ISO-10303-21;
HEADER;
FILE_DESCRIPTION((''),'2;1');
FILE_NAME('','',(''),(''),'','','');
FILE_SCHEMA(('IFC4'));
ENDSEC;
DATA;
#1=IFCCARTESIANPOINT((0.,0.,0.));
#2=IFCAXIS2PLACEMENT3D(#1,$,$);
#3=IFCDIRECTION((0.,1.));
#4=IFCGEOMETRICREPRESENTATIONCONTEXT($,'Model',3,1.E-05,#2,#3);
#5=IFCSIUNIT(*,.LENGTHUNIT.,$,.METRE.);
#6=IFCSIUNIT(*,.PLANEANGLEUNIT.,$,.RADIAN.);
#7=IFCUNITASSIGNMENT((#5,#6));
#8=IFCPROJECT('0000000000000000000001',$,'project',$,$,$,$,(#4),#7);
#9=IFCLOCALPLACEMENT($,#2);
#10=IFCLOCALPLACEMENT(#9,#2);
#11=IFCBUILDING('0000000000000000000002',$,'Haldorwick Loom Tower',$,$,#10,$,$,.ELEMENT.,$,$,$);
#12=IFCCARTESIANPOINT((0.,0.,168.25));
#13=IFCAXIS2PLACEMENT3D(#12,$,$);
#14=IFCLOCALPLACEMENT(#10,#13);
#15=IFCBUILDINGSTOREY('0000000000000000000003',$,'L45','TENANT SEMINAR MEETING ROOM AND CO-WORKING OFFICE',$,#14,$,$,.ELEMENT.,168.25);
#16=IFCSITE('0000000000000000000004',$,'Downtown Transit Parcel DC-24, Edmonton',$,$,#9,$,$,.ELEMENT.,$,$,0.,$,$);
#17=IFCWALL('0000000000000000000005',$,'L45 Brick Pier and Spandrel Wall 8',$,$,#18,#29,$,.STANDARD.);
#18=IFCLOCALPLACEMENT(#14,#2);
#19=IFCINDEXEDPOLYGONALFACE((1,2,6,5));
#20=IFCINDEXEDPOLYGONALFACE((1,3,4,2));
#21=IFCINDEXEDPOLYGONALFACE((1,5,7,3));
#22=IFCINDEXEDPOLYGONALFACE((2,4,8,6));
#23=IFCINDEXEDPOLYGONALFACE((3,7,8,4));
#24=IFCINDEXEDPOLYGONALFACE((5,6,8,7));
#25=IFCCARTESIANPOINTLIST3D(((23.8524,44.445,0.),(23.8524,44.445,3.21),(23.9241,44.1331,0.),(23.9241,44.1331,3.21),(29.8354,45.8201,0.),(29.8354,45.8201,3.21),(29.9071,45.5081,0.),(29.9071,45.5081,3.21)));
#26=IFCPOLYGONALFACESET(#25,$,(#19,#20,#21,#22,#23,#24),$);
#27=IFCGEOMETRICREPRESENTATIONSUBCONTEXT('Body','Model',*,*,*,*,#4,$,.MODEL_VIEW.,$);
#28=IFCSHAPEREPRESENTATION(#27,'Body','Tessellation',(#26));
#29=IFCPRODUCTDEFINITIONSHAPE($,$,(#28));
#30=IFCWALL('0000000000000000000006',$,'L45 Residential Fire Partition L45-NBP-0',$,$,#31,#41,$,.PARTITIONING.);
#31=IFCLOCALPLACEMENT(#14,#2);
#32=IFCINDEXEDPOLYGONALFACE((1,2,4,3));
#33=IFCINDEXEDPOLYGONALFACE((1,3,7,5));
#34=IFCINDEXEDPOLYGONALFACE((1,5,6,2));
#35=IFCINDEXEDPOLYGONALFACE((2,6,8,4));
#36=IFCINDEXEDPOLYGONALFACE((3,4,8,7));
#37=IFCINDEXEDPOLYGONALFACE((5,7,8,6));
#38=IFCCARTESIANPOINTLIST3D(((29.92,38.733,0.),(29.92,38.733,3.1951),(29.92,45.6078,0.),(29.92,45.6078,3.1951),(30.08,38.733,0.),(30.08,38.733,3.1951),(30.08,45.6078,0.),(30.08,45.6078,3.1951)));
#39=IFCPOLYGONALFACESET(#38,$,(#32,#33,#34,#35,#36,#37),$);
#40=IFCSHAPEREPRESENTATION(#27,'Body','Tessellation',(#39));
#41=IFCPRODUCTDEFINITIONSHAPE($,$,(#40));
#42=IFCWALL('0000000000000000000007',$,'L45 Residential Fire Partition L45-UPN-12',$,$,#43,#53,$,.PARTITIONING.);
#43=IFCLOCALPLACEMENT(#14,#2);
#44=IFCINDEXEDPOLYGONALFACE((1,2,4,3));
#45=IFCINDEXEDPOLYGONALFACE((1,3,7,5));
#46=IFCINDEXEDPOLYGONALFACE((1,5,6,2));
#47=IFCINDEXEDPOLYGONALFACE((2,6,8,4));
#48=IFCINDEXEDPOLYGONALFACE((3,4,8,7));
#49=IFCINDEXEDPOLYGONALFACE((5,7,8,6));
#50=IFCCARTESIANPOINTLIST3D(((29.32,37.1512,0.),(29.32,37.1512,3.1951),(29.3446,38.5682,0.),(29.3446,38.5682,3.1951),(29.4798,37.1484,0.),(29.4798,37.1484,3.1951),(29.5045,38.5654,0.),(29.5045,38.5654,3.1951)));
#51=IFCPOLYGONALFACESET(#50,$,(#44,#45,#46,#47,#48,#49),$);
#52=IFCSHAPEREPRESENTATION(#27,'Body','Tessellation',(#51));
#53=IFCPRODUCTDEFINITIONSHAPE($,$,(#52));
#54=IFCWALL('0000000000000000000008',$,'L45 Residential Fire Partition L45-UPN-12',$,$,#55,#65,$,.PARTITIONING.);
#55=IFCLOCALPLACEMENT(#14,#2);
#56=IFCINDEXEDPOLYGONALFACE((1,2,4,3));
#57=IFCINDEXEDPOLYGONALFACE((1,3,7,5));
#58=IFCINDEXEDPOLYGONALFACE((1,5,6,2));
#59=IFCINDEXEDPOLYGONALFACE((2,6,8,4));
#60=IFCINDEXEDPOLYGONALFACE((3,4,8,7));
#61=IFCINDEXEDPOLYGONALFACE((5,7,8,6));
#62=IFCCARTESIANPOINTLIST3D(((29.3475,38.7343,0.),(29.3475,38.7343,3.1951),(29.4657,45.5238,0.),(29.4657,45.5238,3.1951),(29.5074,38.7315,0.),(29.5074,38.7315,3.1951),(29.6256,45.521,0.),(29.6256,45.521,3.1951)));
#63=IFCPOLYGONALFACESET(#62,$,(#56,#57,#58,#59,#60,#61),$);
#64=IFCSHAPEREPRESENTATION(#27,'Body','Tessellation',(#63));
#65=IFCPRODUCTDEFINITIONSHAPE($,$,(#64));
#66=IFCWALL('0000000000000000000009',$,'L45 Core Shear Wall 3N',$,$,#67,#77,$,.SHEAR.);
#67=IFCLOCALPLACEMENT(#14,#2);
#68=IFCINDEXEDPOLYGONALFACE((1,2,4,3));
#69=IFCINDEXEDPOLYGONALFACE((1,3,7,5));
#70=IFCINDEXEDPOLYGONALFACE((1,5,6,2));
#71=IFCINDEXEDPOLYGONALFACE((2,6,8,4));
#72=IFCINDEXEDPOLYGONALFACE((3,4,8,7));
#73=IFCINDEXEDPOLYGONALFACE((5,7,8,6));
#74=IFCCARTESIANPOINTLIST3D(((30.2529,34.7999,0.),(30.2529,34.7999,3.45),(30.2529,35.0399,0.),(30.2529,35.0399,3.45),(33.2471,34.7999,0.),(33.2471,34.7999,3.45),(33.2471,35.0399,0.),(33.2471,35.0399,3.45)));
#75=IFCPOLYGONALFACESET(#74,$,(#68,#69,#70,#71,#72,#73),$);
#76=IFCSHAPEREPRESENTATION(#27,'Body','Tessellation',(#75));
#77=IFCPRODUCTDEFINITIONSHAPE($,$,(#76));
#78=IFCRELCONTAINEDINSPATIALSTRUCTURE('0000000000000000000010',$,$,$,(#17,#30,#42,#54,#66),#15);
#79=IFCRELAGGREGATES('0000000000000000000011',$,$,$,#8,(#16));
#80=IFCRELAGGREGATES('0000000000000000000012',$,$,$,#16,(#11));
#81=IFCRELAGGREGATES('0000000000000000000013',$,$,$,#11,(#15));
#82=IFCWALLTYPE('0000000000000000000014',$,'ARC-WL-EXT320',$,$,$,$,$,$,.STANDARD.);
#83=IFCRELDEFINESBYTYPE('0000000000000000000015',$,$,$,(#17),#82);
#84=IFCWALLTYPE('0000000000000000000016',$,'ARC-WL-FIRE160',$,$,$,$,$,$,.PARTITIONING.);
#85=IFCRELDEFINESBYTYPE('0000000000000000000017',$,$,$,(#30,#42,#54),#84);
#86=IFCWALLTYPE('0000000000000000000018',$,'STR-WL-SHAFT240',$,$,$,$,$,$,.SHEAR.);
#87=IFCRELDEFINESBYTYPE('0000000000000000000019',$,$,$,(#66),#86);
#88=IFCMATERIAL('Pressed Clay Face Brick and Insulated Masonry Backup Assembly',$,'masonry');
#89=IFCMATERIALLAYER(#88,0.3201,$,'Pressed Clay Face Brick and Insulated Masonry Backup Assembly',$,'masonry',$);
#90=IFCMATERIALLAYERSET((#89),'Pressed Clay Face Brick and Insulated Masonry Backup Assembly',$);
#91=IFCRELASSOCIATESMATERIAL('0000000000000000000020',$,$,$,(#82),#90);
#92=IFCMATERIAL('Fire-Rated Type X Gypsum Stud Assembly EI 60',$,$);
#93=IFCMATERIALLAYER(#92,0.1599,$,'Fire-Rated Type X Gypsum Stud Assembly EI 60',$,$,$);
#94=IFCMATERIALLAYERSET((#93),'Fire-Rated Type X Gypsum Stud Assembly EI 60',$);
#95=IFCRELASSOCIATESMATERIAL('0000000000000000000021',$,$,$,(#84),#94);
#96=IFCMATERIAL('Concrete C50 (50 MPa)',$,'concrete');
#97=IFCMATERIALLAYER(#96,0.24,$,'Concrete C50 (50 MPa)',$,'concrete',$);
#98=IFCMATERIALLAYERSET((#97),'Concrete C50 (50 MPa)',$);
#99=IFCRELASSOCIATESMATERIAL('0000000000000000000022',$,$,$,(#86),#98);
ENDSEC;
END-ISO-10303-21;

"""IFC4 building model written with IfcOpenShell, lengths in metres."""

from ifc_helpers import new_model, si_unit, direction, frame, frame_2d, origin, place, context, subcontext, project, spatial, rectangle, extrude, material, layer, layer_set, type_object, element, save


model = new_model("IFC4")

# Units and contexts
model_context = context("Model", 3, precision=1e-05, world=origin(), true_north=direction((0.0, 1.0)))
body_context = subcontext(model_context, "Body", "Model", "MODEL_VIEW")
ifc_project = project(units=[si_unit("LENGTHUNIT", "METRE"), si_unit("PLANEANGLEUNIT", "RADIAN")], contexts=[model_context])

# Site, building, storey
site_placement = place(None, origin())
site = spatial("IfcSite", under=ifc_project, at=site_placement, Name="Downtown Transit Parcel DC-24, Edmonton", CompositionType="ELEMENT", RefElevation=0.0)
building_placement = place(site_placement, origin())
building = spatial("IfcBuilding", under=site, at=building_placement, Name="Haldorwick Loom Tower", CompositionType="ELEMENT")
storey_placement = place(building_placement, frame((0.0, 0.0, 168.25)))
storey = spatial("IfcBuildingStorey", under=building, at=storey_placement, Name="L45", Description="TENANT SEMINAR MEETING ROOM AND CO-WORKING OFFICE", CompositionType="ELEMENT", Elevation=168.25)

# Walls
ifc_material_1 = material(Name="Pressed Clay Face Brick and Insulated Masonry Backup Assembly", Category="masonry")
ifc_layer_1 = layer(ifc_material_1, 0.3201, Name="Pressed Clay Face Brick and Insulated Masonry Backup Assembly", Category="masonry")
ifc_layer_set_1 = layer_set([ifc_layer_1], Name="Pressed Clay Face Brick and Insulated Masonry Backup Assembly")
wall_type_1 = type_object("IfcWallType", Name="ARC-WL-EXT320", PredefinedType="STANDARD", material=ifc_layer_set_1)
wall_1_placement = place(storey_placement, frame((29.8711, 45.6641, 0.0), z_axis=(0.0, 0.0, 1.0), x_axis=(-0.974593, -0.223982, 0.0)))
element("IfcWall", 1, at=wall_1_placement, inside=storey, type_object=wall_type_1, Name="L45 Brick Pier and Spandrel Wall 8", PredefinedType="STANDARD", context=body_context, shape_type="SweptSolid", body=[
    extrude(rectangle(XDim=6.1389, YDim=0.3201, at=frame_2d((3.0693, 0.0))), origin(), (0.0, 0.0, 1.0), 3.21),
])
ifc_material_2 = material(Name="Fire-Rated Type X Gypsum Stud Assembly EI 60")
ifc_layer_2 = layer(ifc_material_2, 0.1599, Name="Fire-Rated Type X Gypsum Stud Assembly EI 60")
ifc_layer_set_2 = layer_set([ifc_layer_2], Name="Fire-Rated Type X Gypsum Stud Assembly EI 60")
wall_type_2 = type_object("IfcWallType", Name="ARC-WL-FIRE160", PredefinedType="PARTITIONING", material=ifc_layer_set_2)
wall_2_placement = place(storey_placement, frame((30.0, 38.7329, 0.0), z_axis=(0.0, 0.0, 1.0), x_axis=(0.0, 1.0, 0.0)))
element("IfcWall", 2, at=wall_2_placement, inside=storey, type_object=wall_type_2, Name="L45 Residential Fire Partition L45-NBP-0", PredefinedType="PARTITIONING", context=body_context, shape_type="SweptSolid", body=[
    extrude(rectangle(XDim=6.8748, YDim=0.1599, at=frame_2d((3.4375, 0.0))), origin(), (0.0, 0.0, 1.0), 3.1951),
])
wall_3_placement = place(storey_placement, frame((29.3999, 37.1499, 0.0), z_axis=(0.0, 0.0, 1.0), x_axis=(0.017399, 0.999849, 0.0)))
element("IfcWall", 3, at=wall_3_placement, inside=storey, type_object=wall_type_2, Name="L45 Residential Fire Partition L45-UPN-12", PredefinedType="PARTITIONING", context=body_context, shape_type="SweptSolid", body=[
    extrude(rectangle(XDim=1.4172, YDim=0.1599, at=frame_2d((0.7085, 0.0))), origin(), (0.0, 0.0, 1.0), 3.1951),
])
wall_4_placement = place(storey_placement, frame((29.4275, 38.7329, 0.0), z_axis=(0.0, 0.0, 1.0), x_axis=(0.017401, 0.999849, 0.0)))
element("IfcWall", 4, at=wall_4_placement, inside=storey, type_object=wall_type_2, Name="L45 Residential Fire Partition L45-UPN-12", PredefinedType="PARTITIONING", context=body_context, shape_type="SweptSolid", body=[
    extrude(rectangle(XDim=6.7905, YDim=0.1599, at=frame_2d((3.3953, 0.0))), origin(), (0.0, 0.0, 1.0), 3.1951),
])
ifc_material_3 = material(Name="Concrete C50 (50 MPa)", Category="concrete")
ifc_layer_3 = layer(ifc_material_3, 0.24, Name="Concrete C50 (50 MPa)", Category="concrete")
ifc_layer_set_3 = layer_set([ifc_layer_3], Name="Concrete C50 (50 MPa)")
wall_type_3 = type_object("IfcWallType", Name="STR-WL-SHAFT240", PredefinedType="SHEAR", material=ifc_layer_set_3)
wall_5_placement = place(storey_placement, frame((30.2529, 34.9199, 0.0), z_axis=(0.0, 0.0, 1.0), x_axis=(1.0, 0.0, 0.0)))
element("IfcWall", 5, at=wall_5_placement, inside=storey, type_object=wall_type_3, Name="L45 Core Shear Wall 3N", PredefinedType="SHEAR", context=body_context, shape_type="SweptSolid", body=[
    extrude(rectangle(XDim=2.9941, YDim=0.24, at=frame_2d((1.4971, 0.0))), origin(), (0.0, 0.0, 1.0), 3.45),
])

save(model, "model.ifc")
